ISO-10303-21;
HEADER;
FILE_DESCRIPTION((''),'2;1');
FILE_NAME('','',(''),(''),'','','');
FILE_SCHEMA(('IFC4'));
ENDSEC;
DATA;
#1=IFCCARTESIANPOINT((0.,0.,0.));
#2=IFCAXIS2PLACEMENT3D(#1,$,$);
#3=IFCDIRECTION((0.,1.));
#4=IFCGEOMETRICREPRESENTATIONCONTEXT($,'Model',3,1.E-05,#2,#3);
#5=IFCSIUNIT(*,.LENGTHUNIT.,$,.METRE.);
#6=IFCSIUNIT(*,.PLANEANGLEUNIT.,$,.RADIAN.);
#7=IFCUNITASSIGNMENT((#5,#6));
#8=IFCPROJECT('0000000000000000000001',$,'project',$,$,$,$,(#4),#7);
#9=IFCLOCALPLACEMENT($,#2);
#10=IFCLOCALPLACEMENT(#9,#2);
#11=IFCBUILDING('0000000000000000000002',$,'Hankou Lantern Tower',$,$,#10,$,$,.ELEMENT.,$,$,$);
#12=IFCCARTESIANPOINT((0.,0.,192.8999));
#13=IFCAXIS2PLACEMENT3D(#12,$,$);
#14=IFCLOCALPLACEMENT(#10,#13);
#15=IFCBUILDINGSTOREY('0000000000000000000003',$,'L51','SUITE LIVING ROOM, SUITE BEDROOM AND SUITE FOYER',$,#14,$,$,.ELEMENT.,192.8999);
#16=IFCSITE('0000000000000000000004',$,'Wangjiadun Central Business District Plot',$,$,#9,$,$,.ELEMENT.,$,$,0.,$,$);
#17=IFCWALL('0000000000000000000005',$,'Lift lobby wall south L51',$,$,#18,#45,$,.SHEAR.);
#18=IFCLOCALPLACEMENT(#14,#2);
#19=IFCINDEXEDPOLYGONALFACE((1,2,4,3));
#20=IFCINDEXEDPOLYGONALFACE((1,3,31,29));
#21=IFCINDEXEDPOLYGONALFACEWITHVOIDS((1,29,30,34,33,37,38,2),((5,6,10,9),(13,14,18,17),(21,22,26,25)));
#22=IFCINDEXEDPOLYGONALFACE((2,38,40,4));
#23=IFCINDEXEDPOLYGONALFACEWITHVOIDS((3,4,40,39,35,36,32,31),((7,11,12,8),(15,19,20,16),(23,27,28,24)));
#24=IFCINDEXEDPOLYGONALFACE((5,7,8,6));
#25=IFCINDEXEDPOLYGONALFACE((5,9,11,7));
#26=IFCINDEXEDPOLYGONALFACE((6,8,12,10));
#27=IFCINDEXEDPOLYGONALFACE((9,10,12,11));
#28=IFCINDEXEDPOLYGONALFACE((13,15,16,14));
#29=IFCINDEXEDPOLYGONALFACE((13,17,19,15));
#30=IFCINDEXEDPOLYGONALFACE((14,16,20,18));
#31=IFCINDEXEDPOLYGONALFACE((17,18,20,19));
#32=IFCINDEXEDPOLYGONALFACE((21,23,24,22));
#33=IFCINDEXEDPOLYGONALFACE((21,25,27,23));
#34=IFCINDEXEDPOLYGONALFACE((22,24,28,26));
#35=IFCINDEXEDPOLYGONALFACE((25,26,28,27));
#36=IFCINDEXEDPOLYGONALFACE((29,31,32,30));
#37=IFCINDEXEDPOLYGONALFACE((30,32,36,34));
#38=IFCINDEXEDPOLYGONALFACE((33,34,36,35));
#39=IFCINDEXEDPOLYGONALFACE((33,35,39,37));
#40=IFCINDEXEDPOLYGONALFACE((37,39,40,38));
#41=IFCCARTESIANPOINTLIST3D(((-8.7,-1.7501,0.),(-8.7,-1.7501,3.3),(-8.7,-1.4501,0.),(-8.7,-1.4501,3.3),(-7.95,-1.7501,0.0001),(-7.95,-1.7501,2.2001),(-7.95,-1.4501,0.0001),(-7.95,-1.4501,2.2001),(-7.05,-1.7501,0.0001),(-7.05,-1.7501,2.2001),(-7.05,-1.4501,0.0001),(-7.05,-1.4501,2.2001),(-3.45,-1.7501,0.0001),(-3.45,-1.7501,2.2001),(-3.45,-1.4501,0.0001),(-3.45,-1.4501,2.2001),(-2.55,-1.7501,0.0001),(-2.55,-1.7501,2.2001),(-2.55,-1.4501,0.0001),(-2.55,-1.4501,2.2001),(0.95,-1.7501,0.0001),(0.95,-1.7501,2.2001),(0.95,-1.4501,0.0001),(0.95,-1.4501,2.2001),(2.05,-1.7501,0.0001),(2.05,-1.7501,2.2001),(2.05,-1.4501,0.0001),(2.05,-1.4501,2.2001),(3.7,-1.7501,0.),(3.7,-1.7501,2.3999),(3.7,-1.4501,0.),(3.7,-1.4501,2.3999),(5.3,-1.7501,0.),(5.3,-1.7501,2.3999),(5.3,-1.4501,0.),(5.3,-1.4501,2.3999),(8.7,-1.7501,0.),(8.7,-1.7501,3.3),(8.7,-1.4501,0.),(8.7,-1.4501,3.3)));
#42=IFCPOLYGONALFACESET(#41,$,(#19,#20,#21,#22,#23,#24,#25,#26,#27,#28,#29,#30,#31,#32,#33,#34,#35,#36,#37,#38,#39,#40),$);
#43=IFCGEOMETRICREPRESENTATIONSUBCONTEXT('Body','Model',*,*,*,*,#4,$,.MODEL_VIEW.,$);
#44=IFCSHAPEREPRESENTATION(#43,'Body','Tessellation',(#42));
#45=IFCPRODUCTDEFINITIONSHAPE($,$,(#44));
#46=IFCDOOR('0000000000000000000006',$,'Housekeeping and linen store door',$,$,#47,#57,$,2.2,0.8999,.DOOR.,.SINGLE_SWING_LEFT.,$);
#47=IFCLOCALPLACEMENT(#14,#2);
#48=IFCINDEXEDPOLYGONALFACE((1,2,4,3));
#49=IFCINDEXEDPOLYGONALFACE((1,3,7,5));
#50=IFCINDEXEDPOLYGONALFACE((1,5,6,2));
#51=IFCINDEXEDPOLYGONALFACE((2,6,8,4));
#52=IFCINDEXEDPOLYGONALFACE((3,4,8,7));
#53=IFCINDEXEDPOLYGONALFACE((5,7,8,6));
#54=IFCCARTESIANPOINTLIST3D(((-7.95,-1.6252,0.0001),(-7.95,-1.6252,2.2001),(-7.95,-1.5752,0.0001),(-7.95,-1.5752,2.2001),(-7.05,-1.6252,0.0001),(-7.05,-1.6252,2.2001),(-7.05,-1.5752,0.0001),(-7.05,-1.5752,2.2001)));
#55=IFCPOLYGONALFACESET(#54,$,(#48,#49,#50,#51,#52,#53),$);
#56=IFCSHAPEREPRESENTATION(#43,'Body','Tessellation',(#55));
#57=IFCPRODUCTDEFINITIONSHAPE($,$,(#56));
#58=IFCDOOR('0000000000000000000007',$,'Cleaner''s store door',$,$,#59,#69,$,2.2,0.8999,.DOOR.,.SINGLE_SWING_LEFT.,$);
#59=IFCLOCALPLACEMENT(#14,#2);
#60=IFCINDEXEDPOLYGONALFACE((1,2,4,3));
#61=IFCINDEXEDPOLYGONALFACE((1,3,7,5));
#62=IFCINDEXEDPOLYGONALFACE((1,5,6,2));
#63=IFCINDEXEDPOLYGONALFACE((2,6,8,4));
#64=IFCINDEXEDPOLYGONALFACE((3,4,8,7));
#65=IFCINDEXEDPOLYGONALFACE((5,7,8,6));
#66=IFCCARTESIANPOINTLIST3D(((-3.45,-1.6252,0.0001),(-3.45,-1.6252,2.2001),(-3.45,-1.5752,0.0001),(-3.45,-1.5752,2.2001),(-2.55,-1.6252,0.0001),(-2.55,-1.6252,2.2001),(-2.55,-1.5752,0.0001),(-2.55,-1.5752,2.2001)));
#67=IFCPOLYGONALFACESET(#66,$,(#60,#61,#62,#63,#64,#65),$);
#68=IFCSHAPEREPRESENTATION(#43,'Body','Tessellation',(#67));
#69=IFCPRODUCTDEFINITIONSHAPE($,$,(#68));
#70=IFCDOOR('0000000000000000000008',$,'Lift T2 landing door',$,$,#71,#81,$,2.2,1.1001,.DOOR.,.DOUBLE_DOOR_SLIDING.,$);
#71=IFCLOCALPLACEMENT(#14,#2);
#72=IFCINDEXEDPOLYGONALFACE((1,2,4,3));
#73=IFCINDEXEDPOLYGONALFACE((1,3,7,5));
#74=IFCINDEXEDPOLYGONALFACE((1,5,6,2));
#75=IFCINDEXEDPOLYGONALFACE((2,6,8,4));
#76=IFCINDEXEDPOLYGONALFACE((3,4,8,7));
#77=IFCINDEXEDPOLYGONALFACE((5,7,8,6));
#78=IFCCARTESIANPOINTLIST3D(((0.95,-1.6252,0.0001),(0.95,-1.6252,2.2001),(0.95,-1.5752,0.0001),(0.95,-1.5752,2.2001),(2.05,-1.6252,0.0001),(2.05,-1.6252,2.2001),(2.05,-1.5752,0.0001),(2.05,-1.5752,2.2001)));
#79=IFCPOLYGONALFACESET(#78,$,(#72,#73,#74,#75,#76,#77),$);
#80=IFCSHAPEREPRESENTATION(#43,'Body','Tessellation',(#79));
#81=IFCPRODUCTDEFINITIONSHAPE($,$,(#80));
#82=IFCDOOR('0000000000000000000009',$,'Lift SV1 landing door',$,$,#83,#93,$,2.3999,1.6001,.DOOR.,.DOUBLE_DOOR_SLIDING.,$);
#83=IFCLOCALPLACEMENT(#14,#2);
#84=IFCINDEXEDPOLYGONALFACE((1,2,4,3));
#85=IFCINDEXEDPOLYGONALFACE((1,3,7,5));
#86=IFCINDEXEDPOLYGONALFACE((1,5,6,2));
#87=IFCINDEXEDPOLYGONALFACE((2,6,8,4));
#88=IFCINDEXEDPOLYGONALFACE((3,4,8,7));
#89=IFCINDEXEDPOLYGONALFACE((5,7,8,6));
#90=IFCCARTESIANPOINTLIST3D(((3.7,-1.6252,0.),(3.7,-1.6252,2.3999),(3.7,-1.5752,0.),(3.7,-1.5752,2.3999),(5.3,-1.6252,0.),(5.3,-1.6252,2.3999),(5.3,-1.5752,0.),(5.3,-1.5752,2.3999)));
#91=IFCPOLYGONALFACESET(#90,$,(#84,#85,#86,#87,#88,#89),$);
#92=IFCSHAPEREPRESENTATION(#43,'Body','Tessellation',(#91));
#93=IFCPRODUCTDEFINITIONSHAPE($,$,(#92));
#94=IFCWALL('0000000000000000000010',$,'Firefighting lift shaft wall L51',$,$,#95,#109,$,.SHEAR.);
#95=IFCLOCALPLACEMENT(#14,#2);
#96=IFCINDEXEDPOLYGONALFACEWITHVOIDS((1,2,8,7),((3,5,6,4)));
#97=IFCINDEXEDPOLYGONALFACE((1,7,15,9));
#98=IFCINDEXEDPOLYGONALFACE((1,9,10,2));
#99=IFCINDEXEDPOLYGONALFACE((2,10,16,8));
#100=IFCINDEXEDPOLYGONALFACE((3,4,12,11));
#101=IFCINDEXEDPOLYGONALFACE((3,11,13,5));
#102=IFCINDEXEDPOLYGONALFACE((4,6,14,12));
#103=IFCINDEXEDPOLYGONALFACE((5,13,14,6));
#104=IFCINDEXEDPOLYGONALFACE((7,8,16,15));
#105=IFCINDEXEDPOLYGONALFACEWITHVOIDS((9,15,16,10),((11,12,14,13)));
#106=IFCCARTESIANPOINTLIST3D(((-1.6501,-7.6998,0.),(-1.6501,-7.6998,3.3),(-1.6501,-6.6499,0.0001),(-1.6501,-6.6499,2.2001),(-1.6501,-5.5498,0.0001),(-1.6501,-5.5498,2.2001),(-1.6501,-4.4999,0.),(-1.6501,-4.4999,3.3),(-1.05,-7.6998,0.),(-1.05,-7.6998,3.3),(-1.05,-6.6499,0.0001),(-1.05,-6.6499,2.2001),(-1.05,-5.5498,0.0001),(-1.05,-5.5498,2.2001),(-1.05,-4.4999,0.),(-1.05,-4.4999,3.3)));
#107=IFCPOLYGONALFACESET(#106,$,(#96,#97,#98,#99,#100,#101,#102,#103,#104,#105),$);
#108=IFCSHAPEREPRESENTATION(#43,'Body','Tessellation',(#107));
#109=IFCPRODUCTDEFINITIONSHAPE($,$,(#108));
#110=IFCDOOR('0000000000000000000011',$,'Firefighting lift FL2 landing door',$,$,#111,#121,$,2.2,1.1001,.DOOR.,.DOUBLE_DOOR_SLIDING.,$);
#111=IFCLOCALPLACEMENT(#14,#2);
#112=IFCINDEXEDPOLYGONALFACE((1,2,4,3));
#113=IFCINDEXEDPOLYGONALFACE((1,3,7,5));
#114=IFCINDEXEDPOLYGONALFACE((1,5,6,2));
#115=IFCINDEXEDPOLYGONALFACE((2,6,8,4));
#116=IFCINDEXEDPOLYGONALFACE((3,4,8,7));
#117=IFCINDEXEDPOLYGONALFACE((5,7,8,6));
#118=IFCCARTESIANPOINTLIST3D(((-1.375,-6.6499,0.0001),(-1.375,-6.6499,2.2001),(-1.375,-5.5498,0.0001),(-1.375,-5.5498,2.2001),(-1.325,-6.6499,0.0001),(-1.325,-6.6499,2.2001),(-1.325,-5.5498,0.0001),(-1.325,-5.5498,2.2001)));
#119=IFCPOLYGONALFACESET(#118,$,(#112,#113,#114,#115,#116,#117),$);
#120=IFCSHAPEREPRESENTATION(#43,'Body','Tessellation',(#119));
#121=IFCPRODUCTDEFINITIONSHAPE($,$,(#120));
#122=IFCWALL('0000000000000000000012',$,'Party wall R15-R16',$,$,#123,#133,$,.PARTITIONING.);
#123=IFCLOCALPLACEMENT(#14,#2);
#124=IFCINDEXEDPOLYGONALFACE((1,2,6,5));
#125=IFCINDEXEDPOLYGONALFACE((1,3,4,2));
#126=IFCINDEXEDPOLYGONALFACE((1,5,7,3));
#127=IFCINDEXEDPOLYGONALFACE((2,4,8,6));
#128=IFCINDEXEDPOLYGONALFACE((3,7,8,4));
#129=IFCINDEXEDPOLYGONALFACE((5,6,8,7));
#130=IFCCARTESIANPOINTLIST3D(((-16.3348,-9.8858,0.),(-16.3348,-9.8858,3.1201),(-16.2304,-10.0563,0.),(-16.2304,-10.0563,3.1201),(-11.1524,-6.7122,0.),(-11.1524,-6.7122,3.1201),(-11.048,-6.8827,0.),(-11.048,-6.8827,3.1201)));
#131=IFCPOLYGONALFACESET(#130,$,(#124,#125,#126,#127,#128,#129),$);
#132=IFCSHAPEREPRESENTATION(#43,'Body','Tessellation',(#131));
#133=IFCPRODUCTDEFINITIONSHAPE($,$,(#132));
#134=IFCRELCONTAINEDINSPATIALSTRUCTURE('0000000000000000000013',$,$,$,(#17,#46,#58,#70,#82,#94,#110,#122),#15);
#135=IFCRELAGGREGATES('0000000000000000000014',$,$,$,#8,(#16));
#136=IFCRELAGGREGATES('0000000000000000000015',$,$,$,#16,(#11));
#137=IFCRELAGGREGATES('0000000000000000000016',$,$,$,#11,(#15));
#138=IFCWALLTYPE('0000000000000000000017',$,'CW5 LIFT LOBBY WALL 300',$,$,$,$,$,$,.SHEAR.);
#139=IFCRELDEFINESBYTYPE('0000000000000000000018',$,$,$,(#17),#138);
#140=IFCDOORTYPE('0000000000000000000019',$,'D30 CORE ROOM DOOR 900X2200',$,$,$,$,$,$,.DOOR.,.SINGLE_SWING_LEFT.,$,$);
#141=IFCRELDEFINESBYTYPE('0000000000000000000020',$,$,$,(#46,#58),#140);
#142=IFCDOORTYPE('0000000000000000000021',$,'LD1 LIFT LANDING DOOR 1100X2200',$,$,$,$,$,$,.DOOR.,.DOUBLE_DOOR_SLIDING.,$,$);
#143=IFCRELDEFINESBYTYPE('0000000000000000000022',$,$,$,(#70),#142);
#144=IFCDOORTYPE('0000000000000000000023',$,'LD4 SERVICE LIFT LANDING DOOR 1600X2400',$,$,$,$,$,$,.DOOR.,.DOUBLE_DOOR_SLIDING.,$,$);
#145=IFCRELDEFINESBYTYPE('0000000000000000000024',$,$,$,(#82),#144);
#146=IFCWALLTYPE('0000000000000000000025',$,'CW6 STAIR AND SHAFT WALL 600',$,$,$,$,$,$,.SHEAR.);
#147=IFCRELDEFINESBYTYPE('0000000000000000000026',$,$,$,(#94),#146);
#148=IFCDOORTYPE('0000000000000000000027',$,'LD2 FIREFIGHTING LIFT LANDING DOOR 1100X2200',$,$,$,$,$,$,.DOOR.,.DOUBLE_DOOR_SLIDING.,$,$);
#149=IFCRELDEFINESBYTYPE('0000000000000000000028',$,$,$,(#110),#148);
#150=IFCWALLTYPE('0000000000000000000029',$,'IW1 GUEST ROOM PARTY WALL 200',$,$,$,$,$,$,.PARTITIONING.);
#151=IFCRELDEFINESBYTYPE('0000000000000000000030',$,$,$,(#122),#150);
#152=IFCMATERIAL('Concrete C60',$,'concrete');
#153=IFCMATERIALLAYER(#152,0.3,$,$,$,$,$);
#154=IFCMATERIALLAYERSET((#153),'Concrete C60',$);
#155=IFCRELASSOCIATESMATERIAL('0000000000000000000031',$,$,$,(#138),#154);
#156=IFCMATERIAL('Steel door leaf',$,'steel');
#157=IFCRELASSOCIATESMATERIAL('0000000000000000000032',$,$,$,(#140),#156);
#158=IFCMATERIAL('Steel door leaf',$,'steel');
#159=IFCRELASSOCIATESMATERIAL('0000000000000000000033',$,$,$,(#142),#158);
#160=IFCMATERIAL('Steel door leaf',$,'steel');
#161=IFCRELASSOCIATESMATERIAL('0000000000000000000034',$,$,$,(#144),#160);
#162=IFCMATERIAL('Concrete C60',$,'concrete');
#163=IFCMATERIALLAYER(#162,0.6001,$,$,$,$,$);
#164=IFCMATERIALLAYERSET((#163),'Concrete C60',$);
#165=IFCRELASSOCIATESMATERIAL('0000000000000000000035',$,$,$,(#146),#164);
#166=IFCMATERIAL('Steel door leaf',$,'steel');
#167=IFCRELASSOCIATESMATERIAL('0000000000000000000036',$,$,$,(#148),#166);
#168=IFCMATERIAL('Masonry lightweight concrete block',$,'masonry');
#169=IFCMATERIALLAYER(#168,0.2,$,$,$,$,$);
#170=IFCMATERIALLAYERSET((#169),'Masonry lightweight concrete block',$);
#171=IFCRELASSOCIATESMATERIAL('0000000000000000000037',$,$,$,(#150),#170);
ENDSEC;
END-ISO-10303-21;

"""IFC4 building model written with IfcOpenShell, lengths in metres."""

from ifc_helpers import new_model, si_unit, direction, frame, frame_2d, origin, place, context, subcontext, project, spatial, rectangle, extrude, material, layer, layer_set, type_object, element, fill, save


model = new_model("IFC4")

# Units and contexts
model_context = context("Model", 3, precision=1e-05, world=origin(), true_north=direction((0.0, 1.0)))
body_context = subcontext(model_context, "Body", "Model", "MODEL_VIEW")
ifc_project = project(units=[si_unit("LENGTHUNIT", "METRE"), si_unit("PLANEANGLEUNIT", "RADIAN")], contexts=[model_context])

# Site, building, storey
site_placement = place(None, origin())
site = spatial("IfcSite", under=ifc_project, at=site_placement, Name="Wangjiadun Central Business District Plot", CompositionType="ELEMENT", RefElevation=0.0)
building_placement = place(site_placement, origin())
building = spatial("IfcBuilding", under=site, at=building_placement, Name="Hankou Lantern Tower", CompositionType="ELEMENT")
storey_placement = place(building_placement, frame((0.0, 0.0, 192.8999)))
storey = spatial("IfcBuildingStorey", under=building, at=storey_placement, Name="L51", Description="SUITE LIVING ROOM, SUITE BEDROOM AND SUITE FOYER", CompositionType="ELEMENT", Elevation=192.8999)

# Wall, openings, doors
ifc_material_1 = material(Name="Concrete C60", Category="concrete")
ifc_layer_1 = layer(ifc_material_1, 0.3)
ifc_layer_set_1 = layer_set([ifc_layer_1], Name="Concrete C60")
wall_type_1 = type_object("IfcWallType", Name="CW5 LIFT LOBBY WALL 300", PredefinedType="SHEAR", material=ifc_layer_set_1)
wall_1_placement = place(storey_placement, frame((-8.7, -1.6001, 0.0), z_axis=(0.0, 0.0, 1.0), x_axis=(1.0, 0.0, 0.0)))
wall_1 = element("IfcWall", 1, at=wall_1_placement, inside=storey, type_object=wall_type_1, Name="Lift lobby wall south L51", PredefinedType="SHEAR", context=body_context, shape_type="SweptSolid", body=[
    extrude(rectangle(XDim=17.3999, YDim=0.3, at=frame_2d((8.7, 0.0))), origin(), (0.0, 0.0, 1.0), 3.3),
])
opening_1_placement = place(wall_1_placement, frame((9.6499, 0.0, 0.0)))
opening_1 = element("IfcOpeningElement", 2, at=opening_1_placement, cuts=wall_1, PredefinedType="OPENING", context=body_context, shape_type="SweptSolid", body=[
    extrude(rectangle(XDim=1.1001, YDim=2.2, at=frame_2d((0.55, 1.1001))), frame((0.0, 0.1599, 0.0), z_axis=(0.0, -1.0, 0.0), x_axis=(1.0, 0.0, 0.0)), (0.0, 0.0, 1.0), 0.3201),
])
opening_2_placement = place(wall_1_placement, frame((12.3999, 0.0, 0.0)))
opening_2 = element("IfcOpeningElement", 3, at=opening_2_placement, cuts=wall_1, PredefinedType="OPENING", context=body_context, shape_type="SweptSolid", body=[
    extrude(rectangle(XDim=1.6001, YDim=2.3999, at=frame_2d((0.8, 1.2))), frame((0.0, 0.1599, 0.0), z_axis=(0.0, -1.0, 0.0), x_axis=(1.0, 0.0, 0.0)), (0.0, 0.0, 1.0), 0.3201),
])
opening_3_placement = place(wall_1_placement, frame((0.75, 0.0, 0.0)))
opening_3 = element("IfcOpeningElement", 4, at=opening_3_placement, cuts=wall_1, PredefinedType="OPENING", context=body_context, shape_type="SweptSolid", body=[
    extrude(rectangle(XDim=0.8999, YDim=2.2, at=frame_2d((0.45, 1.1001))), frame((0.0, 0.1599, 0.0), z_axis=(0.0, -1.0, 0.0), x_axis=(1.0, 0.0, 0.0)), (0.0, 0.0, 1.0), 0.3201),
])
opening_4_placement = place(wall_1_placement, frame((5.25, 0.0, 0.0)))
opening_4 = element("IfcOpeningElement", 5, at=opening_4_placement, cuts=wall_1, PredefinedType="OPENING", context=body_context, shape_type="SweptSolid", body=[
    extrude(rectangle(XDim=0.8999, YDim=2.2, at=frame_2d((0.45, 1.1001))), frame((0.0, 0.1599, 0.0), z_axis=(0.0, -1.0, 0.0), x_axis=(1.0, 0.0, 0.0)), (0.0, 0.0, 1.0), 0.3201),
])
ifc_material_2 = material(Name="Steel door leaf", Category="steel")
door_type_1 = type_object("IfcDoorType", Name="D30 CORE ROOM DOOR 900X2200", OperationType="SINGLE_SWING_LEFT", PredefinedType="DOOR", material=ifc_material_2)
door_1_placement = place(opening_3_placement, origin())
door_1 = element("IfcDoor", 6, at=door_1_placement, inside=storey, type_object=door_type_1, Name="Housekeeping and linen store door", OperationType="SINGLE_SWING_LEFT", OverallHeight=2.2, OverallWidth=0.8999, PredefinedType="DOOR", context=body_context, shape_type="SweptSolid", body=[
    extrude(rectangle(XDim=0.8999, YDim=2.2, at=frame_2d((0.45, 1.1001))), frame((0.0, 0.0249, 0.0), z_axis=(0.0, -1.0, 0.0), x_axis=(1.0, 0.0, 0.0)), (0.0, 0.0, 1.0), 0.05),
])
fill(opening_3, door_1)
door_2_placement = place(opening_4_placement, origin())
door_2 = element("IfcDoor", 7, at=door_2_placement, inside=storey, type_object=door_type_1, Name="Cleaner's store door", OperationType="SINGLE_SWING_LEFT", OverallHeight=2.2, OverallWidth=0.8999, PredefinedType="DOOR", context=body_context, shape_type="SweptSolid", body=[
    extrude(rectangle(XDim=0.8999, YDim=2.2, at=frame_2d((0.45, 1.1001))), frame((0.0, 0.0249, 0.0), z_axis=(0.0, -1.0, 0.0), x_axis=(1.0, 0.0, 0.0)), (0.0, 0.0, 1.0), 0.05),
])
fill(opening_4, door_2)
ifc_material_3 = material(Name="Steel door leaf", Category="steel")
door_type_2 = type_object("IfcDoorType", Name="LD1 LIFT LANDING DOOR 1100X2200", OperationType="DOUBLE_DOOR_SLIDING", PredefinedType="DOOR", material=ifc_material_3)
door_3_placement = place(opening_1_placement, origin())
door_3 = element("IfcDoor", 8, at=door_3_placement, inside=storey, type_object=door_type_2, Name="Lift T2 landing door", OperationType="DOUBLE_DOOR_SLIDING", OverallHeight=2.2, OverallWidth=1.1001, PredefinedType="DOOR", context=body_context, shape_type="SweptSolid", body=[
    extrude(rectangle(XDim=1.1001, YDim=2.2, at=frame_2d((0.55, 1.1001))), frame((0.0, 0.0249, 0.0), z_axis=(0.0, -1.0, 0.0), x_axis=(1.0, 0.0, 0.0)), (0.0, 0.0, 1.0), 0.05),
])
fill(opening_1, door_3)
ifc_material_4 = material(Name="Steel door leaf", Category="steel")
door_type_3 = type_object("IfcDoorType", Name="LD4 SERVICE LIFT LANDING DOOR 1600X2400", OperationType="DOUBLE_DOOR_SLIDING", PredefinedType="DOOR", material=ifc_material_4)
door_4_placement = place(opening_2_placement, origin())
door_4 = element("IfcDoor", 9, at=door_4_placement, inside=storey, type_object=door_type_3, Name="Lift SV1 landing door", OperationType="DOUBLE_DOOR_SLIDING", OverallHeight=2.3999, OverallWidth=1.6001, PredefinedType="DOOR", context=body_context, shape_type="SweptSolid", body=[
    extrude(rectangle(XDim=1.6001, YDim=2.3999, at=frame_2d((0.8, 1.2))), frame((0.0, 0.0249, 0.0), z_axis=(0.0, -1.0, 0.0), x_axis=(1.0, 0.0, 0.0)), (0.0, 0.0, 1.0), 0.05),
])
fill(opening_2, door_4)

# Wall, opening, door
ifc_material_5 = material(Name="Concrete C60", Category="concrete")
ifc_layer_2 = layer(ifc_material_5, 0.6001)
ifc_layer_set_2 = layer_set([ifc_layer_2], Name="Concrete C60")
wall_type_2 = type_object("IfcWallType", Name="CW6 STAIR AND SHAFT WALL 600", PredefinedType="SHEAR", material=ifc_layer_set_2)
wall_2_placement = place(storey_placement, frame((-1.3501, -7.7, 0.0), z_axis=(0.0, 0.0, 1.0), x_axis=(0.0, 1.0, 0.0)))
wall_2 = element("IfcWall", 10, at=wall_2_placement, inside=storey, type_object=wall_type_2, Name="Firefighting lift shaft wall L51", PredefinedType="SHEAR", context=body_context, shape_type="SweptSolid", body=[
    extrude(rectangle(XDim=3.2, YDim=0.6001, at=frame_2d((1.6001, 0.0))), origin(), (0.0, 0.0, 1.0), 3.3),
])
opening_5_placement = place(wall_2_placement, frame((1.05, 0.0, 0.0)))
opening_5 = element("IfcOpeningElement", 11, at=opening_5_placement, cuts=wall_2, PredefinedType="OPENING", context=body_context, shape_type="SweptSolid", body=[
    extrude(rectangle(XDim=1.1001, YDim=2.2, at=frame_2d((0.55, 1.1001))), frame((0.0, 0.3101, 0.0), z_axis=(0.0, -1.0, 0.0), x_axis=(1.0, 0.0, 0.0)), (0.0, 0.0, 1.0), 0.6201),
])
ifc_material_6 = material(Name="Steel door leaf", Category="steel")
door_type_4 = type_object("IfcDoorType", Name="LD2 FIREFIGHTING LIFT LANDING DOOR 1100X2200", OperationType="DOUBLE_DOOR_SLIDING", PredefinedType="DOOR", material=ifc_material_6)
door_5_placement = place(opening_5_placement, origin())
door_5 = element("IfcDoor", 12, at=door_5_placement, inside=storey, type_object=door_type_4, Name="Firefighting lift FL2 landing door", OperationType="DOUBLE_DOOR_SLIDING", OverallHeight=2.2, OverallWidth=1.1001, PredefinedType="DOOR", context=body_context, shape_type="SweptSolid", body=[
    extrude(rectangle(XDim=1.1001, YDim=2.2, at=frame_2d((0.55, 1.1001))), frame((0.0, 0.0249, 0.0), z_axis=(0.0, -1.0, 0.0), x_axis=(1.0, 0.0, 0.0)), (0.0, 0.0, 1.0), 0.05),
])
fill(opening_5, door_5)

# Wall
ifc_material_7 = material(Name="Masonry lightweight concrete block", Category="masonry")
ifc_layer_3 = layer(ifc_material_7, 0.2)
ifc_layer_set_3 = layer_set([ifc_layer_3], Name="Masonry lightweight concrete block")
wall_type_3 = type_object("IfcWallType", Name="IW1 GUEST ROOM PARTY WALL 200", PredefinedType="PARTITIONING", material=ifc_layer_set_3)
wall_3_placement = place(storey_placement, frame((-11.1001, -6.7974, 0.0), z_axis=(0.0, 0.0, 1.0), x_axis=(-0.8528, -0.522238, 0.0)))
element("IfcWall", 13, at=wall_3_placement, inside=storey, type_object=wall_type_3, Name="Party wall R15-R16", PredefinedType="PARTITIONING", context=body_context, shape_type="SweptSolid", body=[
    extrude(rectangle(XDim=6.0769, YDim=0.2, at=frame_2d((3.0386, 0.0))), origin(), (0.0, 0.0, 1.0), 3.1201),
])

save(model, "model.ifc")
